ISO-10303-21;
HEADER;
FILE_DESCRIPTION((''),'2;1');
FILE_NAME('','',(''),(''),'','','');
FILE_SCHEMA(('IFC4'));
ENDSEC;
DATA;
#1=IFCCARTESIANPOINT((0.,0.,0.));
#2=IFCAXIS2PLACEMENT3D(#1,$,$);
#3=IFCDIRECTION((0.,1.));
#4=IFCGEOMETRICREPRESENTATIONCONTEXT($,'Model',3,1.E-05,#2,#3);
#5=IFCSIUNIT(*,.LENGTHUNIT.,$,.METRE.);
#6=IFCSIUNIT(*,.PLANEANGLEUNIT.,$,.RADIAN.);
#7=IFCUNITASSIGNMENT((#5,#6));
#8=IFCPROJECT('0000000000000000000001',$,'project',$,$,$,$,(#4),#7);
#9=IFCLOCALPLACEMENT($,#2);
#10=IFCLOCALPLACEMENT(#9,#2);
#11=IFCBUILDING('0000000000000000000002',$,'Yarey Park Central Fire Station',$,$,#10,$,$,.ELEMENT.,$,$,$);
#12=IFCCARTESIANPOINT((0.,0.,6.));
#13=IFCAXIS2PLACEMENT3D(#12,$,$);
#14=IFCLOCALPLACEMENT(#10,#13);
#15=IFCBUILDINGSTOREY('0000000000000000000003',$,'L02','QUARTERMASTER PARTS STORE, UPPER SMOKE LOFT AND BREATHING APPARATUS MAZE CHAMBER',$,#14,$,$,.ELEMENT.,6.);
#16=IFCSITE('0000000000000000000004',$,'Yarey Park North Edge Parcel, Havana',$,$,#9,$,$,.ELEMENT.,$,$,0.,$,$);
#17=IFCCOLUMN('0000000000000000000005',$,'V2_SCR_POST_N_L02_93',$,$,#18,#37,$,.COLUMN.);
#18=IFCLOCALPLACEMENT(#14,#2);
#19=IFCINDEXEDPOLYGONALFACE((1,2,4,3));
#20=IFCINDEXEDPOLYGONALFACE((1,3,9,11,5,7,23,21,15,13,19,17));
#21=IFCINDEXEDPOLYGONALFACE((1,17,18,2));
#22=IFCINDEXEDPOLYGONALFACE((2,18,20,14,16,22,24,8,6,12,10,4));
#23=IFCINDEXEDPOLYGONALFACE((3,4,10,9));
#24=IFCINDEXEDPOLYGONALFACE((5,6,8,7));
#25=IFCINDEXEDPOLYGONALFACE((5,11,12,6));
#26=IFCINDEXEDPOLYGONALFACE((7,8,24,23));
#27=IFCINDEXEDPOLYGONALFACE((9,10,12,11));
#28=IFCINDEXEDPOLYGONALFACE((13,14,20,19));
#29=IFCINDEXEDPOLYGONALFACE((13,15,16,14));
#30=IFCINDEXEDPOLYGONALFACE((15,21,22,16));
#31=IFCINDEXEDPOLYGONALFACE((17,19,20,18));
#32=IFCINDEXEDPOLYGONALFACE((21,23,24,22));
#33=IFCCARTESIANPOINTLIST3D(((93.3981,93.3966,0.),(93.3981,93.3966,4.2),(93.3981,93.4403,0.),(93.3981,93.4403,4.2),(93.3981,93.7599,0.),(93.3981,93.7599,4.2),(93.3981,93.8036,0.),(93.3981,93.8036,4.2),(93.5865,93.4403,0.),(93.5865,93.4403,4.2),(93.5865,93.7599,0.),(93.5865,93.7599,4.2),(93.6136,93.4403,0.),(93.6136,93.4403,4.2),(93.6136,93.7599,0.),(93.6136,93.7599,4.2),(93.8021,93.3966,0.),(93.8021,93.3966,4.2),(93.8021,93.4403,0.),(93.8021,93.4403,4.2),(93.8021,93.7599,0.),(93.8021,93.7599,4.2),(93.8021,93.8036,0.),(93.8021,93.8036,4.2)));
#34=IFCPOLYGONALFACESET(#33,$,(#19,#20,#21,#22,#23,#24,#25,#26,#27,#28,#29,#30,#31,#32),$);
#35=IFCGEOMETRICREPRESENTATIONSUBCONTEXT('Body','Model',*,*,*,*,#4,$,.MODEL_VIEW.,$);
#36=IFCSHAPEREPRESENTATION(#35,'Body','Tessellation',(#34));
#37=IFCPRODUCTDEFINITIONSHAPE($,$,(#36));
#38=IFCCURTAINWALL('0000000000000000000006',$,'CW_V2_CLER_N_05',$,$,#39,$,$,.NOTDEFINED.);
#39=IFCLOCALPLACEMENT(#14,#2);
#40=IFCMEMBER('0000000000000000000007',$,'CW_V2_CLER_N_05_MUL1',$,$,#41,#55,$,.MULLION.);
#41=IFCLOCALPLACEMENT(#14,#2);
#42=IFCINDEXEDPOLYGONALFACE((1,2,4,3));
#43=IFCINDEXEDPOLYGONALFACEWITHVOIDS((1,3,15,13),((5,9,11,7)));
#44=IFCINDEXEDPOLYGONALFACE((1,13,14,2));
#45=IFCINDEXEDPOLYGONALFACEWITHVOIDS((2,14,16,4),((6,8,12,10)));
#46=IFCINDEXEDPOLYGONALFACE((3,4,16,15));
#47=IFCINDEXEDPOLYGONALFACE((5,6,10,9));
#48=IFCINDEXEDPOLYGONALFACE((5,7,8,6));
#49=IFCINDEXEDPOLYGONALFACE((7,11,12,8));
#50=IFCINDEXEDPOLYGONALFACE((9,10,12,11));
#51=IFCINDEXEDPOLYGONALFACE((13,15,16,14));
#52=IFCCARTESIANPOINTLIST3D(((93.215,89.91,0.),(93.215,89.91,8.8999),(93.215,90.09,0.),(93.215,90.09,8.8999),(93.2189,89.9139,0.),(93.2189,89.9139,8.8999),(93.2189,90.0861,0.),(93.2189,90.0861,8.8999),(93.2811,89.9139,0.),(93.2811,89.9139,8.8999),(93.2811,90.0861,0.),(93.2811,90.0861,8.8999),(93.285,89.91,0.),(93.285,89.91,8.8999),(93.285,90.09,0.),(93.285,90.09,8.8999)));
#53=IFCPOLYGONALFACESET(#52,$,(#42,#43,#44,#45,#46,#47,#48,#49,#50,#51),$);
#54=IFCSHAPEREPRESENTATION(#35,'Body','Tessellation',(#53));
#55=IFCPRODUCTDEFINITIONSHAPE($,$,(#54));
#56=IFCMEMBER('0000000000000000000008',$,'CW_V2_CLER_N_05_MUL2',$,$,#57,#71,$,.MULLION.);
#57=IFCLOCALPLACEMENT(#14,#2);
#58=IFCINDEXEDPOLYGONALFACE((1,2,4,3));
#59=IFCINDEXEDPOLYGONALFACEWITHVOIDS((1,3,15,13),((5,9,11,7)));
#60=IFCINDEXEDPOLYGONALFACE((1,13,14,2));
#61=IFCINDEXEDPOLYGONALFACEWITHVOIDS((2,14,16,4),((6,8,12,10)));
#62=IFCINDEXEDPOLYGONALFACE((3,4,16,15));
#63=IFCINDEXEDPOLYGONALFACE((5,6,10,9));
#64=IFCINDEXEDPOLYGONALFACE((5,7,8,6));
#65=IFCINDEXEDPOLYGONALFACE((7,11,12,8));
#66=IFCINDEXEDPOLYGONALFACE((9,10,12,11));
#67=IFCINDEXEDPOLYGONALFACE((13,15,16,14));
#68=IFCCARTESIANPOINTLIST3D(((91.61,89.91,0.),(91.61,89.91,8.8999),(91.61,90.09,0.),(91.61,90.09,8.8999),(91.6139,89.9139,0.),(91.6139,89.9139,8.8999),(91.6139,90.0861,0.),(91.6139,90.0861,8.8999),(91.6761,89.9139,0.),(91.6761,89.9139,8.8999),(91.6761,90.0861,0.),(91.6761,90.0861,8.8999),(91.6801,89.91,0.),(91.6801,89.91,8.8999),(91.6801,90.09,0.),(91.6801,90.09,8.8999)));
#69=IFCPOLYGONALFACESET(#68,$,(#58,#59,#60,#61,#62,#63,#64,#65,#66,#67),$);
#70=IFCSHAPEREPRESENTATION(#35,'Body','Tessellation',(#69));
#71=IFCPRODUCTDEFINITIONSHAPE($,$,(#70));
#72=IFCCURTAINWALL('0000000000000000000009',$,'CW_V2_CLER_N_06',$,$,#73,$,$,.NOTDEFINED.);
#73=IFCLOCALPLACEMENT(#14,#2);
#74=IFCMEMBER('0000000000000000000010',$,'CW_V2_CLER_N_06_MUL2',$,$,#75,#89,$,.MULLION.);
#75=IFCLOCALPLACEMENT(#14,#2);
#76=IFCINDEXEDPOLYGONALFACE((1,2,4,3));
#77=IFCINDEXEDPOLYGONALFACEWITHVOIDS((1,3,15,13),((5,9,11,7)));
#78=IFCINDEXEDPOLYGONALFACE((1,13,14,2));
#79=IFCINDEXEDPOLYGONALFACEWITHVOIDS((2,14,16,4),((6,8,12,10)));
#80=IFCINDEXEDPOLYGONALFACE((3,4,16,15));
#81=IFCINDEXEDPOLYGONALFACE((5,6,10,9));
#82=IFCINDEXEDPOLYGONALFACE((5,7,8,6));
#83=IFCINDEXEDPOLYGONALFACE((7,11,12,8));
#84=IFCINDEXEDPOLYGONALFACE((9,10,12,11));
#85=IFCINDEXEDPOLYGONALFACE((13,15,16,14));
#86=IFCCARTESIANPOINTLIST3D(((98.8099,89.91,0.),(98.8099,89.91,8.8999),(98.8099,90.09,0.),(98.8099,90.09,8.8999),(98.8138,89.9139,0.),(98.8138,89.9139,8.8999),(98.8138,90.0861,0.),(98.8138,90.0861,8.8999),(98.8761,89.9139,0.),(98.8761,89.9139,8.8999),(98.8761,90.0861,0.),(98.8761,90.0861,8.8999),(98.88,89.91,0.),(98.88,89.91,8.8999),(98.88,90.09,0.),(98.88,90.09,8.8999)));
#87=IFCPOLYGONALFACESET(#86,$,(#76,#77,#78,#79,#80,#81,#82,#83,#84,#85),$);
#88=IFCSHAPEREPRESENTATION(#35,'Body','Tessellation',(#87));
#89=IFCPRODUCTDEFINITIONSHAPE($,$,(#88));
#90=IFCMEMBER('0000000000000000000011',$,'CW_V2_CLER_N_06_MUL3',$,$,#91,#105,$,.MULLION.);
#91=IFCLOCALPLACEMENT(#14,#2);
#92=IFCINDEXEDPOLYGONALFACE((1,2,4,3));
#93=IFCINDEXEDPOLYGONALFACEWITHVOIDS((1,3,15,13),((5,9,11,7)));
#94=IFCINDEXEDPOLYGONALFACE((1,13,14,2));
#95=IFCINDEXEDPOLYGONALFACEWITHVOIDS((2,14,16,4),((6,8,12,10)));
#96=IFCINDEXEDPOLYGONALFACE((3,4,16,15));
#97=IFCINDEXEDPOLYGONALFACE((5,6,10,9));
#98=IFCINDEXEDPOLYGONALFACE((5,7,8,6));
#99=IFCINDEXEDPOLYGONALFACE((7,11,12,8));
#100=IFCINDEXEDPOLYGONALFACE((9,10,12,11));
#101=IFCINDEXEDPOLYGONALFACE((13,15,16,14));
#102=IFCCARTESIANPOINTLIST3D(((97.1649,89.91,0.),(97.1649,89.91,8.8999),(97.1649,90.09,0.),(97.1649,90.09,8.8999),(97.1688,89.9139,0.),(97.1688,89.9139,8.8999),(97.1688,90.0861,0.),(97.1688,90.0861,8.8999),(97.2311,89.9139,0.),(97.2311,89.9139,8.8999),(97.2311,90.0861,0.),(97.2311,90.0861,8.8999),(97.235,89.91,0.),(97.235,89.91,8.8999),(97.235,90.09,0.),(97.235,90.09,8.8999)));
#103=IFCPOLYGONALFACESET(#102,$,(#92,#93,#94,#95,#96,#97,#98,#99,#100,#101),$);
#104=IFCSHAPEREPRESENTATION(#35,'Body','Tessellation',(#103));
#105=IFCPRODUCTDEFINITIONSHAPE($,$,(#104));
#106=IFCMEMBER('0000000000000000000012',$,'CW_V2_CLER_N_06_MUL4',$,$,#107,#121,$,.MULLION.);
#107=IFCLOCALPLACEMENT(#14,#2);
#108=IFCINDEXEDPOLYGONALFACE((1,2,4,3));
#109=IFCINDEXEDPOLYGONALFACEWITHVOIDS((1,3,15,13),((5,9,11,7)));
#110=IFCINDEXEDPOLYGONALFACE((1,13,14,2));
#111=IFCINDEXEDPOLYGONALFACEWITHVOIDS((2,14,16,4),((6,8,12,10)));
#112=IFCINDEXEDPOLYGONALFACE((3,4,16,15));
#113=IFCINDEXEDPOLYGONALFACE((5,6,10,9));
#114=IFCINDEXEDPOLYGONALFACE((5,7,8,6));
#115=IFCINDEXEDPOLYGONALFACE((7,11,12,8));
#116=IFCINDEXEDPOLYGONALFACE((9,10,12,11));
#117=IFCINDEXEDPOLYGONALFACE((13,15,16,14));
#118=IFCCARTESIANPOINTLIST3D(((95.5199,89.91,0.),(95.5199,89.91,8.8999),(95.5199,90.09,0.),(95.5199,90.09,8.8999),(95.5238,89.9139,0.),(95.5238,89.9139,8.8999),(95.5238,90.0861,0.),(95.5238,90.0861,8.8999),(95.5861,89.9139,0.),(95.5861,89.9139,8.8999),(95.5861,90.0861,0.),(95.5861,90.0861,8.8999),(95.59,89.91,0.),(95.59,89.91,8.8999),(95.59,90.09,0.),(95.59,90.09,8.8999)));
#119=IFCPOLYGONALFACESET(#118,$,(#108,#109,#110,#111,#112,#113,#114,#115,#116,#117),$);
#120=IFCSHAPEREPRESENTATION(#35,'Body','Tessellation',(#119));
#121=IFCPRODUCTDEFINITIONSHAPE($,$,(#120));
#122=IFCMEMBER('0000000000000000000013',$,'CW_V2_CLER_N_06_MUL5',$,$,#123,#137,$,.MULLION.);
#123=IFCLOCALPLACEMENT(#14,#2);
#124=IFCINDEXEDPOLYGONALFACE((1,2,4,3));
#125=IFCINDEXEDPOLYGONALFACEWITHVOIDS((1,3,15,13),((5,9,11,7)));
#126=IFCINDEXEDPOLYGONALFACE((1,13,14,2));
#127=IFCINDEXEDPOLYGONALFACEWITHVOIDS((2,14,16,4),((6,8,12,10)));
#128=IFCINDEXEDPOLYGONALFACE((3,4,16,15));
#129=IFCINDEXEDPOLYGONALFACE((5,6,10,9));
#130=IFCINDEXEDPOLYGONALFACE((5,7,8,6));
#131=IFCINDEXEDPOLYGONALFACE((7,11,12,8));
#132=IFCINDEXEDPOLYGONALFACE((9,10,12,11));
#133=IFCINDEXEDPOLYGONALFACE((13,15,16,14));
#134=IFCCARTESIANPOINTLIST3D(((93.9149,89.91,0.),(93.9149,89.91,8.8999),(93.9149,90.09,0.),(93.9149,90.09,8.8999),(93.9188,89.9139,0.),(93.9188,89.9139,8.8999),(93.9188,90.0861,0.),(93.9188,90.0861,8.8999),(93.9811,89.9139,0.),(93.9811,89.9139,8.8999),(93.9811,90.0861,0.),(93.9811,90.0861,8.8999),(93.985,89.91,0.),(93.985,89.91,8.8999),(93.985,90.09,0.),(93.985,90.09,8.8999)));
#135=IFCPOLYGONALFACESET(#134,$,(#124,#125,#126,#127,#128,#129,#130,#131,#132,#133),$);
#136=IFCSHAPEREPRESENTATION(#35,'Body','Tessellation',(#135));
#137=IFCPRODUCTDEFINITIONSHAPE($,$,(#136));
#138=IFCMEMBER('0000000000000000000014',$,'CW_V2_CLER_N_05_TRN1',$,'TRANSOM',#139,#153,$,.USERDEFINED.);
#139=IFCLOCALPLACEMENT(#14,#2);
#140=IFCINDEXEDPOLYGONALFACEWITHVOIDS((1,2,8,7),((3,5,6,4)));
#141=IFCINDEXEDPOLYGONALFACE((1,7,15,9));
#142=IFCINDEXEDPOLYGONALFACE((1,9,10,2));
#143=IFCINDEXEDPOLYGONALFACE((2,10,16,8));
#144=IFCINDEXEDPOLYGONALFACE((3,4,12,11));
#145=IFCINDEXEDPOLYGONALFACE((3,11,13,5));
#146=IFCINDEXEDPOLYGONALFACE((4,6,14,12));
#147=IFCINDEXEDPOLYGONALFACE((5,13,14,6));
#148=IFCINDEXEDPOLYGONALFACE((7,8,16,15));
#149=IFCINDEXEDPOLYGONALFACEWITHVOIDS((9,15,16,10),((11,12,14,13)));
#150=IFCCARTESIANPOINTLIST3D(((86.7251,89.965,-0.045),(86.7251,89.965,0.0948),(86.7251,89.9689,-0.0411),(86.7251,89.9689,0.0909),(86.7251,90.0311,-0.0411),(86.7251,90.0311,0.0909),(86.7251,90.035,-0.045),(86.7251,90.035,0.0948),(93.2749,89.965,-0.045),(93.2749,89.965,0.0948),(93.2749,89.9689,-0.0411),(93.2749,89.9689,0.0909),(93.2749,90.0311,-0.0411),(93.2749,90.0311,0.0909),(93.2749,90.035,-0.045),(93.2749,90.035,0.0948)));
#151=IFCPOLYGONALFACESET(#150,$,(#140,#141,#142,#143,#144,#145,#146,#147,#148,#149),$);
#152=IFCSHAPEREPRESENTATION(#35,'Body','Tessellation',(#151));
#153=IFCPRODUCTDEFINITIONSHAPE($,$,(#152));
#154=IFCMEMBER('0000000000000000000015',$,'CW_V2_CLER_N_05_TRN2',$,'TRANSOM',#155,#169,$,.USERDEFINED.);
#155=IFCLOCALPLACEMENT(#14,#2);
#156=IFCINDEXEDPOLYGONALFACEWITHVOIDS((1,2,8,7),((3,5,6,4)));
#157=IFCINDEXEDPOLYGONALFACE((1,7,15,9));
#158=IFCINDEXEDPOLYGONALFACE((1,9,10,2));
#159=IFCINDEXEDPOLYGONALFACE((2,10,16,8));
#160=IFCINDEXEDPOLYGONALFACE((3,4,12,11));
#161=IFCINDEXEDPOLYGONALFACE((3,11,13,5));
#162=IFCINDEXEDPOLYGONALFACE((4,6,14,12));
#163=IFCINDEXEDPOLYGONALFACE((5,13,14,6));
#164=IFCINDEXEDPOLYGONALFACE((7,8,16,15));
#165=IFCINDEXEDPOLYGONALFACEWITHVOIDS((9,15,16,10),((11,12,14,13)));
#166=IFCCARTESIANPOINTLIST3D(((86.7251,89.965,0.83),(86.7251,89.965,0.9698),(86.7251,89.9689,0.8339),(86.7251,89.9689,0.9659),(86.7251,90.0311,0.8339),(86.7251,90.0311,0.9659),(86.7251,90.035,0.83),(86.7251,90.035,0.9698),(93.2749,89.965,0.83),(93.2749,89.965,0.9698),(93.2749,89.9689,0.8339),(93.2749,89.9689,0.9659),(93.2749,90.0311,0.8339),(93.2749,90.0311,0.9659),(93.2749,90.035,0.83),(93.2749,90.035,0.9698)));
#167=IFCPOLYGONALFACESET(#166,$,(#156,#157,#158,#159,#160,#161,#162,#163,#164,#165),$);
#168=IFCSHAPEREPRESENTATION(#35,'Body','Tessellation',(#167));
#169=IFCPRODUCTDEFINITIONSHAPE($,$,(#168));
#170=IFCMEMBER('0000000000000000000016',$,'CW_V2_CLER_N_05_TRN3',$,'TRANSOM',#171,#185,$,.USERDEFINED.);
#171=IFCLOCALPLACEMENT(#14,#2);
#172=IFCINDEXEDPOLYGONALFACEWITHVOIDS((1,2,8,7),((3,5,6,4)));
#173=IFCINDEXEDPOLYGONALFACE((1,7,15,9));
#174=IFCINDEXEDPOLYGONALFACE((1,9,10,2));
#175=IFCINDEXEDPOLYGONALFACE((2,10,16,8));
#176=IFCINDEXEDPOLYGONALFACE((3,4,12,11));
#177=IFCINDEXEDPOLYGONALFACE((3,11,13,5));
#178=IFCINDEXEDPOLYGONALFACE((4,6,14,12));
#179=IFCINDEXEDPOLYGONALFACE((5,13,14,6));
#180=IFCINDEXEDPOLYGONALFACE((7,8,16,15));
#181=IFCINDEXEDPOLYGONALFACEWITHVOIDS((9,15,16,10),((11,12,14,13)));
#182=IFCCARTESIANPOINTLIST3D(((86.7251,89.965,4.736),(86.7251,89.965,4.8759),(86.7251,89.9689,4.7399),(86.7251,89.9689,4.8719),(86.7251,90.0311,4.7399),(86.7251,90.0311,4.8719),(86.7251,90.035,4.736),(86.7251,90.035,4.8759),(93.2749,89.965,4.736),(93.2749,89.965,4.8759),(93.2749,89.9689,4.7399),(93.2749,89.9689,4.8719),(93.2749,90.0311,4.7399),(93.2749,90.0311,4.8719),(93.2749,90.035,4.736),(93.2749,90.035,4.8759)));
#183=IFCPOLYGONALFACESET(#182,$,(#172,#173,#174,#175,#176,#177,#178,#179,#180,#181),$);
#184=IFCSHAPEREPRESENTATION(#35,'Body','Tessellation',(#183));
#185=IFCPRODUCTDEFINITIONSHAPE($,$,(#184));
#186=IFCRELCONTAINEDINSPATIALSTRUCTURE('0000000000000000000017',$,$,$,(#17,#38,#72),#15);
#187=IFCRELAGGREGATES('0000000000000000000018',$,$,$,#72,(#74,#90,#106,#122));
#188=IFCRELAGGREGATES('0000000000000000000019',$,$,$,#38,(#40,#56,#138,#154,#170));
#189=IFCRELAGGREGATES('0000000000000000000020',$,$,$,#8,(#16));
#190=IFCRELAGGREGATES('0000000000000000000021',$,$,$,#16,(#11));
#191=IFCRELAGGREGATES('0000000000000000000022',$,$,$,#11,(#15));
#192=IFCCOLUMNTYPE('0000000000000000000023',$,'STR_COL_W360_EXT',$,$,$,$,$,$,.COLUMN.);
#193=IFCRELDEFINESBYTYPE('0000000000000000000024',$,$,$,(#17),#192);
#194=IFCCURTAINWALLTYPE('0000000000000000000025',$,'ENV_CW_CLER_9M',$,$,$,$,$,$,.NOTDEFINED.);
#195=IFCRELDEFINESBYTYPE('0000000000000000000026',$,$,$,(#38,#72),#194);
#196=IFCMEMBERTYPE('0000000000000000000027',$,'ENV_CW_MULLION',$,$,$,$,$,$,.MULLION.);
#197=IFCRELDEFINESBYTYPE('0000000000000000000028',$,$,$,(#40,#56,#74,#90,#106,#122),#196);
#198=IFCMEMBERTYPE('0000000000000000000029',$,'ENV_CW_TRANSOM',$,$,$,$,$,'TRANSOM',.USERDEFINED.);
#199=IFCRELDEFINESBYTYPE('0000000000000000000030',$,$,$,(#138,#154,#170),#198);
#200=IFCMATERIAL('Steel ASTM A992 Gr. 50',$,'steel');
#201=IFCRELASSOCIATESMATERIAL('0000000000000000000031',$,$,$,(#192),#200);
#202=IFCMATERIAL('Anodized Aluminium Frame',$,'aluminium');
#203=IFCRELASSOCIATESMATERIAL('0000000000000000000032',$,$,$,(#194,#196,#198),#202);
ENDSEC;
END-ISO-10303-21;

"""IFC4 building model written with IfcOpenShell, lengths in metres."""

from ifc_helpers import new_model, si_unit, direction, frame, origin, origin_2d, place, context, subcontext, project, spatial, hollow_rectangle, i_section, extrude, material, material_profile, profile_set, type_object, element, aggregate, save


model = new_model("IFC4")

# Units and contexts
model_context = context("Model", 3, precision=1e-05, world=origin(), true_north=direction((0.0, 1.0)))
body_context = subcontext(model_context, "Body", "Model", "MODEL_VIEW")
ifc_project = project(units=[si_unit("LENGTHUNIT", "METRE"), si_unit("PLANEANGLEUNIT", "RADIAN")], contexts=[model_context])

# Site, building, storey
site_placement = place(None, origin())
site = spatial("IfcSite", under=ifc_project, at=site_placement, Name="Yarey Park North Edge Parcel, Havana", CompositionType="ELEMENT", RefElevation=0.0)
building_placement = place(site_placement, origin())
building = spatial("IfcBuilding", under=site, at=building_placement, Name="Yarey Park Central Fire Station", CompositionType="ELEMENT")
storey_placement = place(building_placement, frame((0.0, 0.0, 6.0)))
storey = spatial("IfcBuildingStorey", under=building, at=storey_placement, Name="L02", Description="QUARTERMASTER PARTS STORE, UPPER SMOKE LOFT AND BREATHING APPARATUS MAZE CHAMBER", CompositionType="ELEMENT", Elevation=6.0)

# Column
ifc_material_1 = material(Name="Steel ASTM A992 Gr. 50", Category="steel")
ifc_material_profile_1 = material_profile(ifc_material_1, i_section(OverallWidth=0.4041, OverallDepth=0.407, WebThickness=0.0271, FlangeThickness=0.0437, at=origin_2d()), Name="W360x347")
ifc_profile_set_1 = profile_set([ifc_material_profile_1], Name="Steel ASTM A992 Gr. 50")
column_type = type_object("IfcColumnType", Name="STR_COL_W360_EXT", PredefinedType="COLUMN", material=ifc_profile_set_1)
column_placement = place(storey_placement, frame((93.6001, 93.6001, 0.0), z_axis=(0.0, 0.0, 1.0), x_axis=(1.0, 0.0, 0.0)))
element("IfcColumn", 1, at=column_placement, inside=storey, type_object=column_type, Name="V2_SCR_POST_N_L02_93", PredefinedType="COLUMN", context=body_context, shape_type="SweptSolid", body=[
    extrude(i_section(OverallWidth=0.4041, OverallDepth=0.407, WebThickness=0.0271, FlangeThickness=0.0437, at=origin_2d()), origin(), (0.0, 0.0, 1.0), 4.2),
])

# Curtain walls, members
ifc_material_2 = material(Name="Anodized Aluminium Frame", Category="aluminium")
curtain_wall_type = type_object("IfcCurtainWallType", Name="ENV_CW_CLER_9M", PredefinedType="NOTDEFINED", material=ifc_material_2)
curtain_wall_1_placement = place(storey_placement, origin())
curtain_wall_1 = element("IfcCurtainWall", 2, at=curtain_wall_1_placement, inside=storey, type_object=curtain_wall_type, Name="CW_V2_CLER_N_05", PredefinedType="NOTDEFINED")
ifc_material_profile_2 = material_profile(ifc_material_2, hollow_rectangle(XDim=0.0701, YDim=0.1799, WallThickness=0.0039, at=origin_2d()), Name="ALU 180x70x4")
ifc_profile_set_2 = profile_set([ifc_material_profile_2], Name="Anodized Aluminium Frame")
member_type_1 = type_object("IfcMemberType", Name="ENV_CW_MULLION", PredefinedType="MULLION", material=ifc_profile_set_2)
member_1_placement = place(storey_placement, frame((93.25, 90.0, 0.0), z_axis=(0.0, 0.0, 1.0), x_axis=(1.0, 0.0, 0.0)))
member_1 = element("IfcMember", 3, at=member_1_placement, type_object=member_type_1, Name="CW_V2_CLER_N_05_MUL1", PredefinedType="MULLION", context=body_context, shape_type="SweptSolid", body=[
    extrude(hollow_rectangle(XDim=0.0701, YDim=0.1799, WallThickness=0.0039, at=origin_2d()), origin(), (0.0, 0.0, 1.0), 8.8999),
])
member_2_placement = place(storey_placement, frame((91.645, 90.0, 0.0), z_axis=(0.0, 0.0, 1.0), x_axis=(1.0, 0.0, 0.0)))
member_2 = element("IfcMember", 4, at=member_2_placement, type_object=member_type_1, Name="CW_V2_CLER_N_05_MUL2", PredefinedType="MULLION", context=body_context, shape_type="SweptSolid", body=[
    extrude(hollow_rectangle(XDim=0.0701, YDim=0.1799, WallThickness=0.0039, at=origin_2d()), origin(), (0.0, 0.0, 1.0), 8.8999),
])
curtain_wall_2_placement = place(storey_placement, origin())
curtain_wall_2 = element("IfcCurtainWall", 5, at=curtain_wall_2_placement, inside=storey, type_object=curtain_wall_type, Name="CW_V2_CLER_N_06", PredefinedType="NOTDEFINED")
member_3_placement = place(storey_placement, frame((98.845, 90.0, 0.0), z_axis=(0.0, 0.0, 1.0), x_axis=(1.0, 0.0, 0.0)))
member_3 = element("IfcMember", 6, at=member_3_placement, type_object=member_type_1, Name="CW_V2_CLER_N_06_MUL2", PredefinedType="MULLION", context=body_context, shape_type="SweptSolid", body=[
    extrude(hollow_rectangle(XDim=0.0701, YDim=0.1799, WallThickness=0.0039, at=origin_2d()), origin(), (0.0, 0.0, 1.0), 8.8999),
])
member_4_placement = place(storey_placement, frame((97.2, 90.0, 0.0), z_axis=(0.0, 0.0, 1.0), x_axis=(1.0, 0.0, 0.0)))
member_4 = element("IfcMember", 7, at=member_4_placement, type_object=member_type_1, Name="CW_V2_CLER_N_06_MUL3", PredefinedType="MULLION", context=body_context, shape_type="SweptSolid", body=[
    extrude(hollow_rectangle(XDim=0.0701, YDim=0.1799, WallThickness=0.0039, at=origin_2d()), origin(), (0.0, 0.0, 1.0), 8.8999),
])
member_5_placement = place(storey_placement, frame((95.5549, 90.0, 0.0), z_axis=(0.0, 0.0, 1.0), x_axis=(1.0, 0.0, 0.0)))
member_5 = element("IfcMember", 8, at=member_5_placement, type_object=member_type_1, Name="CW_V2_CLER_N_06_MUL4", PredefinedType="MULLION", context=body_context, shape_type="SweptSolid", body=[
    extrude(hollow_rectangle(XDim=0.0701, YDim=0.1799, WallThickness=0.0039, at=origin_2d()), origin(), (0.0, 0.0, 1.0), 8.8999),
])
member_6_placement = place(storey_placement, frame((93.95, 90.0, 0.0), z_axis=(0.0, 0.0, 1.0), x_axis=(1.0, 0.0, 0.0)))
member_6 = element("IfcMember", 9, at=member_6_placement, type_object=member_type_1, Name="CW_V2_CLER_N_06_MUL5", PredefinedType="MULLION", context=body_context, shape_type="SweptSolid", body=[
    extrude(hollow_rectangle(XDim=0.0701, YDim=0.1799, WallThickness=0.0039, at=origin_2d()), origin(), (0.0, 0.0, 1.0), 8.8999),
])

# Members
ifc_material_profile_3 = material_profile(ifc_material_2, hollow_rectangle(XDim=0.0701, YDim=0.1399, WallThickness=0.0039, at=origin_2d()), Name="ALU 140x70x4")
ifc_profile_set_3 = profile_set([ifc_material_profile_3], Name="Anodized Aluminium Frame")
member_type_2 = type_object("IfcMemberType", Name="ENV_CW_TRANSOM", ElementType="TRANSOM", PredefinedType="USERDEFINED", material=ifc_profile_set_3)
member_7_placement = place(storey_placement, frame((93.2749, 90.0, 0.0249), z_axis=(-1.0, 0.0, 0.0), x_axis=(0.0, -1.0, 0.0)))
member_7 = element("IfcMember", 10, at=member_7_placement, type_object=member_type_2, Name="CW_V2_CLER_N_05_TRN1", ObjectType="TRANSOM", PredefinedType="USERDEFINED", context=body_context, shape_type="SweptSolid", body=[
    extrude(hollow_rectangle(XDim=0.0701, YDim=0.1399, WallThickness=0.0039, at=origin_2d()), origin(), (0.0, 0.0, 1.0), 6.5498),
])
member_8_placement = place(storey_placement, frame((93.2749, 90.0, 0.8999), z_axis=(-1.0, 0.0, 0.0), x_axis=(0.0, -1.0, 0.0)))
member_8 = element("IfcMember", 11, at=member_8_placement, type_object=member_type_2, Name="CW_V2_CLER_N_05_TRN2", ObjectType="TRANSOM", PredefinedType="USERDEFINED", context=body_context, shape_type="SweptSolid", body=[
    extrude(hollow_rectangle(XDim=0.0701, YDim=0.1399, WallThickness=0.0039, at=origin_2d()), origin(), (0.0, 0.0, 1.0), 6.5498),
])
member_9_placement = place(storey_placement, frame((93.2749, 90.0, 4.8059), z_axis=(-1.0, 0.0, 0.0), x_axis=(0.0, -1.0, 0.0)))
member_9 = element("IfcMember", 12, at=member_9_placement, type_object=member_type_2, Name="CW_V2_CLER_N_05_TRN3", ObjectType="TRANSOM", PredefinedType="USERDEFINED", context=body_context, shape_type="SweptSolid", body=[
    extrude(hollow_rectangle(XDim=0.0701, YDim=0.1399, WallThickness=0.0039, at=origin_2d()), origin(), (0.0, 0.0, 1.0), 6.5498),
])

aggregate(curtain_wall_2, [member_3, member_4, member_5, member_6])
aggregate(curtain_wall_1, [member_1, member_2, member_7, member_8, member_9])

save(model, "model.ifc")
